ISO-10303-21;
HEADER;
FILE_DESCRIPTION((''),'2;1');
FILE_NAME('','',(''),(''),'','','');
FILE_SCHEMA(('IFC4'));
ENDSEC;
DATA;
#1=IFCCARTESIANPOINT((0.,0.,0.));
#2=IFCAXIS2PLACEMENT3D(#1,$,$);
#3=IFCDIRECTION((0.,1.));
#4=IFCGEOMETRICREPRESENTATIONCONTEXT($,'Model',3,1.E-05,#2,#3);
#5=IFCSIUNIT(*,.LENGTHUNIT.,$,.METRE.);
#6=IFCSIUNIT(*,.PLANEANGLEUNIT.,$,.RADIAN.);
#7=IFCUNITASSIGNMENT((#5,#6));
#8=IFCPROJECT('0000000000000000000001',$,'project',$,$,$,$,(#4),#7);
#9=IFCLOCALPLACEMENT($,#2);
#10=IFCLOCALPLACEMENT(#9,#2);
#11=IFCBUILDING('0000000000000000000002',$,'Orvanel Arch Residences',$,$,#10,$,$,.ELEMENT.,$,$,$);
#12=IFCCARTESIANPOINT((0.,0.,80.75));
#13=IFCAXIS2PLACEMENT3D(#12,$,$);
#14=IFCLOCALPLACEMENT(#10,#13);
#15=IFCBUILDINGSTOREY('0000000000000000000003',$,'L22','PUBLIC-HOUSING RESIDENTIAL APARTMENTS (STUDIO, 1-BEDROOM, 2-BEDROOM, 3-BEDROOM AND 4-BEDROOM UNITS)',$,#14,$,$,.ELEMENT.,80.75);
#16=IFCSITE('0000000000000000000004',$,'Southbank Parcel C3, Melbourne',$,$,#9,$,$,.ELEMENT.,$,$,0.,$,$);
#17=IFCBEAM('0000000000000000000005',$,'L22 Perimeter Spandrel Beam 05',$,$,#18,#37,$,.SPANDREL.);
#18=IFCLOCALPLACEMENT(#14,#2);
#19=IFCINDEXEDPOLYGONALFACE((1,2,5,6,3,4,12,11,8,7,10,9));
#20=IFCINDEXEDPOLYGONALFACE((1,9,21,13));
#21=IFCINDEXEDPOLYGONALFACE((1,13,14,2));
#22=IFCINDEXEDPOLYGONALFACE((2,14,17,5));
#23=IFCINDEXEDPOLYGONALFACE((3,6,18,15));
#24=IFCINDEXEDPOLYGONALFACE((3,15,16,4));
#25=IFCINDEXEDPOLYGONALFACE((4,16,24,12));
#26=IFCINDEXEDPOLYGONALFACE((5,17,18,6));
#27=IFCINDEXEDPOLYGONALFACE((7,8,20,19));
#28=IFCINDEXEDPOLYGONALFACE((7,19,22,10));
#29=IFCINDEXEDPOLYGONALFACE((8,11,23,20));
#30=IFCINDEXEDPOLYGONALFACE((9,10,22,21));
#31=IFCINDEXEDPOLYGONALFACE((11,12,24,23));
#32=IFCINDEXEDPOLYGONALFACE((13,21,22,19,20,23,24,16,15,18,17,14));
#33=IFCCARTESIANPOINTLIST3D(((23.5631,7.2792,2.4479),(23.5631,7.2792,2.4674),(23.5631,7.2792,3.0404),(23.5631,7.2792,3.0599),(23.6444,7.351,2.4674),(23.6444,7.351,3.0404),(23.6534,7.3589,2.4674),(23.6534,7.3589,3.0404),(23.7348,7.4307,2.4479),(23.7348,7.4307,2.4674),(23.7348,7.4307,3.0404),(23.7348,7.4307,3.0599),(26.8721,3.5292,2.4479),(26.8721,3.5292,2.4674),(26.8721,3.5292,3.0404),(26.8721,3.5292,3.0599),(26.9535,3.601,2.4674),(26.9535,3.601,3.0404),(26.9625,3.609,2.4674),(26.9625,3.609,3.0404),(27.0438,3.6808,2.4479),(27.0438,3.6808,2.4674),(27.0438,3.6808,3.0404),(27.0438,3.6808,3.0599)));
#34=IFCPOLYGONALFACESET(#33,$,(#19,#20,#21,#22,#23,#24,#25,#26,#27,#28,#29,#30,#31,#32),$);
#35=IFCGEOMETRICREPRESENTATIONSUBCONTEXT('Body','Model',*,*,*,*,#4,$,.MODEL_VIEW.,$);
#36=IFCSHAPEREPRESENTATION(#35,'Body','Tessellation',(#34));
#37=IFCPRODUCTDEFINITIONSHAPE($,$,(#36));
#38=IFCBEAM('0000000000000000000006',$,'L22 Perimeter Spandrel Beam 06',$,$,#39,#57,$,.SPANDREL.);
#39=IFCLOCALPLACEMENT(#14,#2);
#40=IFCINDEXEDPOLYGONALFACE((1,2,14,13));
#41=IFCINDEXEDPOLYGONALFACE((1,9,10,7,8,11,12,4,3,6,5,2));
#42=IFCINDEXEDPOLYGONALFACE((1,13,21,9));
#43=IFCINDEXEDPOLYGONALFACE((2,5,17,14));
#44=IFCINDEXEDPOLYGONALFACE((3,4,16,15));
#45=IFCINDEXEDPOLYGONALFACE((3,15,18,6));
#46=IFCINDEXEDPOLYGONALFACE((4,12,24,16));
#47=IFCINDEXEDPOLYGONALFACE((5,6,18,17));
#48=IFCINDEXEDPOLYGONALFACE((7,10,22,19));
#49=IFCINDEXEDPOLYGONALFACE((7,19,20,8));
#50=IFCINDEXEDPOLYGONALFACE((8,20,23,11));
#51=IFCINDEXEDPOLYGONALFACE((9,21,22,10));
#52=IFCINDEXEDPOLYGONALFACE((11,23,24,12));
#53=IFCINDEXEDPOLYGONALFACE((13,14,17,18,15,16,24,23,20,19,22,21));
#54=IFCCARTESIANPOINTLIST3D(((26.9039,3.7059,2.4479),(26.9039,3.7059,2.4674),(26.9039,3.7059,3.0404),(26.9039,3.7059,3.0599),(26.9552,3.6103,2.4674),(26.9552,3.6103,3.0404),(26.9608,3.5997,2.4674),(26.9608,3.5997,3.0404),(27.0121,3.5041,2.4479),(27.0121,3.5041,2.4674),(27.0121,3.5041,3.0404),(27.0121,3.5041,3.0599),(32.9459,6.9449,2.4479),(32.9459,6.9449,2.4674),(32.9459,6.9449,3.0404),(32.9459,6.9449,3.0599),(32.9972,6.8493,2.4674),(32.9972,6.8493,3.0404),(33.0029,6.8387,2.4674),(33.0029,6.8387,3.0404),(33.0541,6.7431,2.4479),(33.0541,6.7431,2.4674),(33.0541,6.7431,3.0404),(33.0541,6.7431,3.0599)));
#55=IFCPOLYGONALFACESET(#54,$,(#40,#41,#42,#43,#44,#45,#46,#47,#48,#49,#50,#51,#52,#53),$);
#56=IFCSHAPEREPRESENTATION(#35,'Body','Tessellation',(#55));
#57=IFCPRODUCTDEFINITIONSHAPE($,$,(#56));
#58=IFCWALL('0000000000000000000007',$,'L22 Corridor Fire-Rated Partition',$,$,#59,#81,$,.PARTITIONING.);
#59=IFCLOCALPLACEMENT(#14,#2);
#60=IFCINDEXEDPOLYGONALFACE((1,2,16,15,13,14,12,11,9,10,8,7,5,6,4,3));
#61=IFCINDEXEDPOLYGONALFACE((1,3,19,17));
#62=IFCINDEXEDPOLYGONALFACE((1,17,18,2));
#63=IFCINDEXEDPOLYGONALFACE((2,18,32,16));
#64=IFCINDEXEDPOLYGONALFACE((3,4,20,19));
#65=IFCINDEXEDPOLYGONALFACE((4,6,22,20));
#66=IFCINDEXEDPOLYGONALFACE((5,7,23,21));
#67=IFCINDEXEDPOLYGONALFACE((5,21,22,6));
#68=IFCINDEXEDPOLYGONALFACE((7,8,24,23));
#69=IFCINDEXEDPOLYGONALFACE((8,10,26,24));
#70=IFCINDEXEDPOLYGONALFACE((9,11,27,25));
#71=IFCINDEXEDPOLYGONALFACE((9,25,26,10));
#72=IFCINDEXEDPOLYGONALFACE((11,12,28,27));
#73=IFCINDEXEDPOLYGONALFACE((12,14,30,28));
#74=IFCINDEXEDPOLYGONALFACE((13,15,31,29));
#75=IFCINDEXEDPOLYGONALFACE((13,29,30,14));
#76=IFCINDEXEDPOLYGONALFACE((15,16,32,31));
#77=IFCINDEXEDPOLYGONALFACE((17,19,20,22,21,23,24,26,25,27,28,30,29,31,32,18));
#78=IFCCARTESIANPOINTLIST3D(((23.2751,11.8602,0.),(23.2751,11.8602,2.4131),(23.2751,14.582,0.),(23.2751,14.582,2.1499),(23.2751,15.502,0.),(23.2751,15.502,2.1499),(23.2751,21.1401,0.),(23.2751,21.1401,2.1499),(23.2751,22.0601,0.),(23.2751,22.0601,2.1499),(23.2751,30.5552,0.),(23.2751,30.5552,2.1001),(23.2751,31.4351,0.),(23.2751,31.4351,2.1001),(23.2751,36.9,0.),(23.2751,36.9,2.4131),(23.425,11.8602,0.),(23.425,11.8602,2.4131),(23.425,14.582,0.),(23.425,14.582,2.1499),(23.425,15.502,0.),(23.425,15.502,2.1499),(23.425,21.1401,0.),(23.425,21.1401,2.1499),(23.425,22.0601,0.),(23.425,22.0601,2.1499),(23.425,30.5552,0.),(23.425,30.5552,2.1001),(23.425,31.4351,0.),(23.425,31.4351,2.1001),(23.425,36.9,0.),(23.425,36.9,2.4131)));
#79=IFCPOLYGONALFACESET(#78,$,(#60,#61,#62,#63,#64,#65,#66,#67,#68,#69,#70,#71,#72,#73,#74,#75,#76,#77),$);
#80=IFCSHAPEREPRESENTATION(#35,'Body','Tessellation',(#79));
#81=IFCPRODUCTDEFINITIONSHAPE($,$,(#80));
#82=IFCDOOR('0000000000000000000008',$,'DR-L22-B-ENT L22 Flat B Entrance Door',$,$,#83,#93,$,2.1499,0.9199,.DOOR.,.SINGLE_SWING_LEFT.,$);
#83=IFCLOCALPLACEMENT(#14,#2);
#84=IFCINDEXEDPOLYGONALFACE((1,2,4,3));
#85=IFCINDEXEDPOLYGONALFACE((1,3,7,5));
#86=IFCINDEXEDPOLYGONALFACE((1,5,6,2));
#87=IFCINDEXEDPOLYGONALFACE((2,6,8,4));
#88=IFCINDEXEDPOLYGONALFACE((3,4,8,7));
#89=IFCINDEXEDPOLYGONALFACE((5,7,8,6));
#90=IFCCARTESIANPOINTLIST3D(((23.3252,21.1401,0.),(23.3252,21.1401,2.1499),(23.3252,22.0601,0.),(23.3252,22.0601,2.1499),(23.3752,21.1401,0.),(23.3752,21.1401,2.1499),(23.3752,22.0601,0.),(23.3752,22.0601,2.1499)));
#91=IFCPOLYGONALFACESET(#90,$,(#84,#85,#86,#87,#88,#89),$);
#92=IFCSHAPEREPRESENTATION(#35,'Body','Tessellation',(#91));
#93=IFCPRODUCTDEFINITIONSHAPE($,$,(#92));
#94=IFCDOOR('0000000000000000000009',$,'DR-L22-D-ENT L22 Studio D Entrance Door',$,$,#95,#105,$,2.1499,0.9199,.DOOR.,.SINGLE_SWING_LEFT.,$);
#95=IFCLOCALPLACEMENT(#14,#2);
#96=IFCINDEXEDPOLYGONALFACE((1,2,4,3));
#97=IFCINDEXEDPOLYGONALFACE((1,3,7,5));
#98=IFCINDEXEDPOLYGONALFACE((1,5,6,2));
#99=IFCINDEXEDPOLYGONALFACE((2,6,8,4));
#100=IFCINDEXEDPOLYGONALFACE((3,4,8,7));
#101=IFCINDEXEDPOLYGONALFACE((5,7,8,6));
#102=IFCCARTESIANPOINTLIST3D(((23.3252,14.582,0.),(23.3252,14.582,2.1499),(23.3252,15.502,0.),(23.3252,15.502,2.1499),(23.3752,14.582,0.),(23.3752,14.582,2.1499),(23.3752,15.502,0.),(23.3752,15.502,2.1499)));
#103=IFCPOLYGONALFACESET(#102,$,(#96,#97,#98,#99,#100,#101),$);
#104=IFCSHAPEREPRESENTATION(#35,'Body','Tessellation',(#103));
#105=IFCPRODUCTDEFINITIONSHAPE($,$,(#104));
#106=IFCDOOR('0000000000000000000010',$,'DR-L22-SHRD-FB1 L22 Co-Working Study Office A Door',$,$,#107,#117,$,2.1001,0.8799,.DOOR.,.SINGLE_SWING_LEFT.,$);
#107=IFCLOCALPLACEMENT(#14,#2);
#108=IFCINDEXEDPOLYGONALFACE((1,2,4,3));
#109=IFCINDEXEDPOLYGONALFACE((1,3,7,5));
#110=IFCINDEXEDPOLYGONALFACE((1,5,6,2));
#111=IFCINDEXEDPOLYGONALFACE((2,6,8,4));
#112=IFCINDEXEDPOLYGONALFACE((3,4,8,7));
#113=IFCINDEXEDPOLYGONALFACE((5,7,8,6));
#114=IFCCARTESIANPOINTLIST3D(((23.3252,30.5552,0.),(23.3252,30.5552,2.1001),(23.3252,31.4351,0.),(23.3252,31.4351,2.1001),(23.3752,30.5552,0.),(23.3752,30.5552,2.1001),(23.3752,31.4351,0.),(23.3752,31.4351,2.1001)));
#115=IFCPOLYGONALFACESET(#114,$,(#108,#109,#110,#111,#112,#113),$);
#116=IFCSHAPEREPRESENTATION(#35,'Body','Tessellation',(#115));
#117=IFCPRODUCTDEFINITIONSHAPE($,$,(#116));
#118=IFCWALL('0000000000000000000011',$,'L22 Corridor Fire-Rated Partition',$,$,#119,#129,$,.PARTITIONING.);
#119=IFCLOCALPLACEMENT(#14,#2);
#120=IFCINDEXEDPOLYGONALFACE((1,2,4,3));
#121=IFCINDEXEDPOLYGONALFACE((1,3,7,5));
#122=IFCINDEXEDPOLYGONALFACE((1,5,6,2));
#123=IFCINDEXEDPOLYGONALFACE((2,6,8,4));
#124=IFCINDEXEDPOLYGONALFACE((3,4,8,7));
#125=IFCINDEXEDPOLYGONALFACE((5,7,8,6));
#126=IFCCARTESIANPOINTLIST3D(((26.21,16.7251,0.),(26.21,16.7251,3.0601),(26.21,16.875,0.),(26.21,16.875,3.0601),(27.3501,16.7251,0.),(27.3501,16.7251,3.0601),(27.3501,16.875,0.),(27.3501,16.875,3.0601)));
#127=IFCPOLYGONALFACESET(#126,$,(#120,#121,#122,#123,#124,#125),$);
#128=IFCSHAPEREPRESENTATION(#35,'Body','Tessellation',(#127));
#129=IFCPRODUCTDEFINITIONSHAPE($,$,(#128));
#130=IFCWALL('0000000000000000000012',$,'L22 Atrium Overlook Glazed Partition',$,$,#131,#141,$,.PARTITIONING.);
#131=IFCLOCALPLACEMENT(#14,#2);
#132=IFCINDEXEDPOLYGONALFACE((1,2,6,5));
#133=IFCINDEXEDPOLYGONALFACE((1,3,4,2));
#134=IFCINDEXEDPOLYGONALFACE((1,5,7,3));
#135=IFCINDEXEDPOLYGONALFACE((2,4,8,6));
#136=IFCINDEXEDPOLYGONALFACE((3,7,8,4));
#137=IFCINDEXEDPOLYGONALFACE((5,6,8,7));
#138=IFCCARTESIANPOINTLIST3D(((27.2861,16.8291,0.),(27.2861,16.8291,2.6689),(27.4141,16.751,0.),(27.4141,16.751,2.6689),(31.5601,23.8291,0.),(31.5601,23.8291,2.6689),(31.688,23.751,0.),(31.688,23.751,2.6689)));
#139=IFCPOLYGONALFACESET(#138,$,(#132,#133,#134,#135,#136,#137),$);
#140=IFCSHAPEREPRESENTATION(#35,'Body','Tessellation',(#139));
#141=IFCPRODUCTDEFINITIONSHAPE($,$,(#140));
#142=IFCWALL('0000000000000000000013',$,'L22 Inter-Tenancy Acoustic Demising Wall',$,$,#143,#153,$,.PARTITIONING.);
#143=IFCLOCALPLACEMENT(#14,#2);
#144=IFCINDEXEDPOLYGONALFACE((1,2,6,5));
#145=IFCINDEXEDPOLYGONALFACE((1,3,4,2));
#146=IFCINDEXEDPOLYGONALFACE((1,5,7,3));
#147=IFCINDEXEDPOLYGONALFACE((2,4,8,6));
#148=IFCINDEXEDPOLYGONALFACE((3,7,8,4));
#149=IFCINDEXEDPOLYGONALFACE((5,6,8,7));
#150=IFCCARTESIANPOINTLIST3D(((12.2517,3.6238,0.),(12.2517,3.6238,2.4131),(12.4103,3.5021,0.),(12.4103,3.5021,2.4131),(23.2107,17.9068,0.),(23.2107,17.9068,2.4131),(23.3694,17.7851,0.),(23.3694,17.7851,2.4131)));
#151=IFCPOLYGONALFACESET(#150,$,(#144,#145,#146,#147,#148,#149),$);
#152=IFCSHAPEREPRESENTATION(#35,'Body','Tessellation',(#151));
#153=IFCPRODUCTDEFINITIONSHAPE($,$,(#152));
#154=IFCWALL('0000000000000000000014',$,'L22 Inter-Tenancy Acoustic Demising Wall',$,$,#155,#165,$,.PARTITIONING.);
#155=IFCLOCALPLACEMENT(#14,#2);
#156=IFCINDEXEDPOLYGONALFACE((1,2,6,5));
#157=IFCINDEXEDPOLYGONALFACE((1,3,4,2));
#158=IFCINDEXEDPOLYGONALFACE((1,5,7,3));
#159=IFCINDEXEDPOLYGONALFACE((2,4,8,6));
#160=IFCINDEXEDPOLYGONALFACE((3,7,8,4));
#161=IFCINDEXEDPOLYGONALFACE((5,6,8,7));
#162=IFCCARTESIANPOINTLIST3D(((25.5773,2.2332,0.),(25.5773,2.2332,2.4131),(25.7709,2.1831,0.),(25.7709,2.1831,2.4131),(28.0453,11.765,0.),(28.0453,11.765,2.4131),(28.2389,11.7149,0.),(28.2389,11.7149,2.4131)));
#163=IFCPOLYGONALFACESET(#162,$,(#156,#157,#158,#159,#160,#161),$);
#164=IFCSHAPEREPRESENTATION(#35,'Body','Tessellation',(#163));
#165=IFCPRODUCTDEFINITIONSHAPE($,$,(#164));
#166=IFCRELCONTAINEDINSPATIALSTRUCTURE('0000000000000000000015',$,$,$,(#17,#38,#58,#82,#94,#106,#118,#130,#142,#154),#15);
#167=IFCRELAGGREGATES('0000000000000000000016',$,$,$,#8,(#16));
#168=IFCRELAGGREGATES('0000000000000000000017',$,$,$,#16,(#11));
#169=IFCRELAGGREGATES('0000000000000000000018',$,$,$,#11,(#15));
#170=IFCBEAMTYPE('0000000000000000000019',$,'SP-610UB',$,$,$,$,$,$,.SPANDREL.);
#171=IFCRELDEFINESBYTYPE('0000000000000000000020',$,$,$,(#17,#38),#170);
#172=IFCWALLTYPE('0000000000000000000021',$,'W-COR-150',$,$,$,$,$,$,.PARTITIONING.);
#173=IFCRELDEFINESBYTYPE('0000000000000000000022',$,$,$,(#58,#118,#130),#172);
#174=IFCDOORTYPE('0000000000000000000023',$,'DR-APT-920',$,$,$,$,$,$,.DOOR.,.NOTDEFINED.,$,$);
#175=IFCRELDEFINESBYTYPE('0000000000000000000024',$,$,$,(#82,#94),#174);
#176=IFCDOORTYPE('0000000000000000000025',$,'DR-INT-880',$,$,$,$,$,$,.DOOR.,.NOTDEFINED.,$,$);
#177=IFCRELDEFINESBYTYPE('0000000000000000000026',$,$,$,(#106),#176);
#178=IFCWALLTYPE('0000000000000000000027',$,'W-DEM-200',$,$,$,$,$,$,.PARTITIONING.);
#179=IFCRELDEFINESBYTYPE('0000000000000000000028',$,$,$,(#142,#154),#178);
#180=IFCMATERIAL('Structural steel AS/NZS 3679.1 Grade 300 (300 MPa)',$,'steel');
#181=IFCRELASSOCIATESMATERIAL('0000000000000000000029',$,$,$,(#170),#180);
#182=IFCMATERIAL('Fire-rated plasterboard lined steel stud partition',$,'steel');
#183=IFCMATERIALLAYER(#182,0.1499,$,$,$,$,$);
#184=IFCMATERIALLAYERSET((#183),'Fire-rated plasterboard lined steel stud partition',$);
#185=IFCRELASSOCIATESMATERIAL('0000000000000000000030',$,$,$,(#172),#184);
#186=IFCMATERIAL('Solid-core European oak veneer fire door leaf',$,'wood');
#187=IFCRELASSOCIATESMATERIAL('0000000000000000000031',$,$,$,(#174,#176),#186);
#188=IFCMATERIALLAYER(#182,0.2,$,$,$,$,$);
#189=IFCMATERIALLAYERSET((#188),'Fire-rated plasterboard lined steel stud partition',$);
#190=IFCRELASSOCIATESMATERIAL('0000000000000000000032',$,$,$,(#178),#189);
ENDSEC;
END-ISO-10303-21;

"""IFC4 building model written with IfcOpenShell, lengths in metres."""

from ifc_helpers import new_model, si_unit, direction, frame, frame_2d, origin, origin_2d, place, context, subcontext, project, spatial, rectangle, i_section, extrude, material, layer, layer_set, material_profile, profile_set, type_object, element, fill, save


model = new_model("IFC4")

# Units and contexts
model_context = context("Model", 3, precision=1e-05, world=origin(), true_north=direction((0.0, 1.0)))
body_context = subcontext(model_context, "Body", "Model", "MODEL_VIEW")
ifc_project = project(units=[si_unit("LENGTHUNIT", "METRE"), si_unit("PLANEANGLEUNIT", "RADIAN")], contexts=[model_context])

# Site, building, storey
site_placement = place(None, origin())
site = spatial("IfcSite", under=ifc_project, at=site_placement, Name="Southbank Parcel C3, Melbourne", CompositionType="ELEMENT", RefElevation=0.0)
building_placement = place(site_placement, origin())
building = spatial("IfcBuilding", under=site, at=building_placement, Name="Orvanel Arch Residences", CompositionType="ELEMENT")
storey_placement = place(building_placement, frame((0.0, 0.0, 80.75)))
storey = spatial("IfcBuildingStorey", under=building, at=storey_placement, Name="L22", Description="PUBLIC-HOUSING RESIDENTIAL APARTMENTS (STUDIO, 1-BEDROOM, 2-BEDROOM, 3-BEDROOM AND 4-BEDROOM UNITS)", CompositionType="ELEMENT", Elevation=80.75)

# Beams
ifc_material_1 = material(Name="Structural steel AS/NZS 3679.1 Grade 300 (300 MPa)", Category="steel")
ifc_material_profile_1 = material_profile(ifc_material_1, i_section(OverallWidth=0.229, OverallDepth=0.6121, WebThickness=0.012, FlangeThickness=0.0195, at=origin_2d()), Name="610UB125")
ifc_profile_set_1 = profile_set([ifc_material_profile_1], Name="Structural steel AS/NZS 3679.1 Grade 300 (300 MPa)")
beam_type = type_object("IfcBeamType", Name="SP-610UB", PredefinedType="SPANDREL", material=ifc_profile_set_1)
beam_1_placement = place(storey_placement, frame((23.6489, 7.355, 2.7539), z_axis=(0.661651, -0.749812, 0.0), x_axis=(0.749812, 0.661651, 0.0)))
element("IfcBeam", 1, at=beam_1_placement, inside=storey, type_object=beam_type, Name="L22 Perimeter Spandrel Beam 05", PredefinedType="SPANDREL", context=body_context, shape_type="SweptSolid", body=[
    extrude(i_section(OverallWidth=0.229, OverallDepth=0.6121, WebThickness=0.012, FlangeThickness=0.0195, at=origin_2d()), origin(), (0.0, 0.0, 1.0), 5.0012),
])
beam_2_placement = place(storey_placement, frame((26.958, 3.605, 2.7539), z_axis=(0.881344, 0.472474, 0.0), x_axis=(-0.472474, 0.881344, 0.0)))
element("IfcBeam", 2, at=beam_2_placement, inside=storey, type_object=beam_type, Name="L22 Perimeter Spandrel Beam 06", PredefinedType="SPANDREL", context=body_context, shape_type="SweptSolid", body=[
    extrude(i_section(OverallWidth=0.229, OverallDepth=0.6121, WebThickness=0.012, FlangeThickness=0.0195, at=origin_2d()), origin(), (0.0, 0.0, 1.0), 6.8555),
])

# Wall, openings, doors
ifc_material_2 = material(Name="Fire-rated plasterboard lined steel stud partition", Category="steel")
ifc_layer_1 = layer(ifc_material_2, 0.1499)
ifc_layer_set_1 = layer_set([ifc_layer_1], Name="Fire-rated plasterboard lined steel stud partition")
wall_type_1 = type_object("IfcWallType", Name="W-COR-150", PredefinedType="PARTITIONING", material=ifc_layer_set_1)
wall_1_placement = place(storey_placement, frame((23.3501, 11.8601, 0.0), z_axis=(0.0, 0.0, 1.0), x_axis=(0.0, 1.0, 0.0)))
wall_1 = element("IfcWall", 3, at=wall_1_placement, inside=storey, type_object=wall_type_1, Name="L22 Corridor Fire-Rated Partition", PredefinedType="PARTITIONING", context=body_context, shape_type="SweptSolid", body=[
    extrude(rectangle(XDim=25.0398, YDim=0.1499, at=frame_2d((12.52, 0.0))), origin(), (0.0, 0.0, 1.0), 2.4131),
])
opening_1_placement = place(wall_1_placement, frame((18.6951, 0.0, 0.0)))
opening_1 = element("IfcOpeningElement", 4, at=opening_1_placement, cuts=wall_1, PredefinedType="OPENING", context=body_context, shape_type="SweptSolid", body=[
    extrude(rectangle(XDim=0.8799, YDim=2.1001, at=frame_2d((0.4399, 1.05))), frame((0.0, 0.085, 0.0), z_axis=(0.0, -1.0, 0.0), x_axis=(1.0, 0.0, 0.0)), (0.0, 0.0, 1.0), 0.1699),
])
opening_2_placement = place(wall_1_placement, frame((9.28, 0.0, 0.0)))
opening_2 = element("IfcOpeningElement", 5, at=opening_2_placement, cuts=wall_1, PredefinedType="OPENING", context=body_context, shape_type="SweptSolid", body=[
    extrude(rectangle(XDim=0.9199, YDim=2.1499, at=frame_2d((0.46, 1.075))), frame((0.0, 0.085, 0.0), z_axis=(0.0, -1.0, 0.0), x_axis=(1.0, 0.0, 0.0)), (0.0, 0.0, 1.0), 0.1699),
])
opening_3_placement = place(wall_1_placement, frame((2.7219, 0.0, 0.0)))
opening_3 = element("IfcOpeningElement", 6, at=opening_3_placement, cuts=wall_1, PredefinedType="OPENING", context=body_context, shape_type="SweptSolid", body=[
    extrude(rectangle(XDim=0.9199, YDim=2.1499, at=frame_2d((0.46, 1.075))), frame((0.0, 0.085, 0.0), z_axis=(0.0, -1.0, 0.0), x_axis=(1.0, 0.0, 0.0)), (0.0, 0.0, 1.0), 0.1699),
])
ifc_material_3 = material(Name="Solid-core European oak veneer fire door leaf", Category="wood")
door_type_1 = type_object("IfcDoorType", Name="DR-APT-920", OperationType="NOTDEFINED", PredefinedType="DOOR", material=ifc_material_3)
door_1_placement = place(opening_2_placement, origin())
door_1 = element("IfcDoor", 7, at=door_1_placement, inside=storey, type_object=door_type_1, Name="DR-L22-B-ENT L22 Flat B Entrance Door", OperationType="SINGLE_SWING_LEFT", OverallHeight=2.1499, OverallWidth=0.9199, PredefinedType="DOOR", context=body_context, shape_type="SweptSolid", body=[
    extrude(rectangle(XDim=0.9199, YDim=2.1499, at=frame_2d((0.46, 1.075))), frame((0.0, 0.0249, 0.0), z_axis=(0.0, -1.0, 0.0), x_axis=(1.0, 0.0, 0.0)), (0.0, 0.0, 1.0), 0.05),
])
fill(opening_2, door_1)
door_2_placement = place(opening_3_placement, origin())
door_2 = element("IfcDoor", 8, at=door_2_placement, inside=storey, type_object=door_type_1, Name="DR-L22-D-ENT L22 Studio D Entrance Door", OperationType="SINGLE_SWING_LEFT", OverallHeight=2.1499, OverallWidth=0.9199, PredefinedType="DOOR", context=body_context, shape_type="SweptSolid", body=[
    extrude(rectangle(XDim=0.9199, YDim=2.1499, at=frame_2d((0.46, 1.075))), frame((0.0, 0.0249, 0.0), z_axis=(0.0, -1.0, 0.0), x_axis=(1.0, 0.0, 0.0)), (0.0, 0.0, 1.0), 0.05),
])
fill(opening_3, door_2)
door_type_2 = type_object("IfcDoorType", Name="DR-INT-880", OperationType="NOTDEFINED", PredefinedType="DOOR", material=ifc_material_3)
door_3_placement = place(opening_1_placement, origin())
door_3 = element("IfcDoor", 9, at=door_3_placement, inside=storey, type_object=door_type_2, Name="DR-L22-SHRD-FB1 L22 Co-Working Study Office A Door", OperationType="SINGLE_SWING_LEFT", OverallHeight=2.1001, OverallWidth=0.8799, PredefinedType="DOOR", context=body_context, shape_type="SweptSolid", body=[
    extrude(rectangle(XDim=0.8799, YDim=2.1001, at=frame_2d((0.4399, 1.05))), frame((0.0, 0.0249, 0.0), z_axis=(0.0, -1.0, 0.0), x_axis=(1.0, 0.0, 0.0)), (0.0, 0.0, 1.0), 0.05),
])
fill(opening_1, door_3)

# Walls
wall_2_placement = place(storey_placement, frame((26.21, 16.8, 0.0), z_axis=(0.0, 0.0, 1.0), x_axis=(1.0, 0.0, 0.0)))
element("IfcWall", 10, at=wall_2_placement, inside=storey, type_object=wall_type_1, Name="L22 Corridor Fire-Rated Partition", PredefinedType="PARTITIONING", context=body_context, shape_type="SweptSolid", body=[
    extrude(rectangle(XDim=1.1401, YDim=0.1499, at=frame_2d((0.5701, 0.0))), origin(), (0.0, 0.0, 1.0), 3.0601),
])
wall_3_placement = place(storey_placement, frame((27.3501, 16.79, 0.0), z_axis=(0.0, 0.0, 1.0), x_axis=(0.521108, 0.853491, 0.0)))
element("IfcWall", 11, at=wall_3_placement, inside=storey, type_object=wall_type_1, Name="L22 Atrium Overlook Glazed Partition", PredefinedType="PARTITIONING", context=body_context, shape_type="SweptSolid", body=[
    extrude(rectangle(XDim=8.2017, YDim=0.1499, at=frame_2d((4.1008, 0.0))), origin(), (0.0, 0.0, 1.0), 2.6689),
])
ifc_layer_2 = layer(ifc_material_2, 0.2)
ifc_layer_set_2 = layer_set([ifc_layer_2], Name="Fire-rated plasterboard lined steel stud partition")
wall_type_2 = type_object("IfcWallType", Name="W-DEM-200", PredefinedType="PARTITIONING", material=ifc_layer_set_2)
wall_4_placement = place(storey_placement, frame((23.29, 17.8459, 0.0), z_axis=(0.0, 0.0, 1.0), x_axis=(-0.608736, -0.793373, 0.0)))
element("IfcWall", 12, at=wall_4_placement, inside=storey, type_object=wall_type_2, Name="L22 Inter-Tenancy Acoustic Demising Wall", PredefinedType="PARTITIONING", context=body_context, shape_type="SweptSolid", body=[
    extrude(rectangle(XDim=18.0029, YDim=0.2, at=frame_2d((9.0015, 0.0))), origin(), (0.0, 0.0, 1.0), 2.4131),
])
wall_5_placement = place(storey_placement, frame((28.1421, 11.74, 0.0), z_axis=(0.0, 0.0, 1.0), x_axis=(-0.250654, -0.968077, 0.0)))
element("IfcWall", 13, at=wall_5_placement, inside=storey, type_object=wall_type_2, Name="L22 Inter-Tenancy Acoustic Demising Wall", PredefinedType="PARTITIONING", context=body_context, shape_type="SweptSolid", body=[
    extrude(rectangle(XDim=9.8462, YDim=0.2, at=frame_2d((4.9231, 0.0))), origin(), (0.0, 0.0, 1.0), 2.4131),
])

save(model, "model.ifc")
